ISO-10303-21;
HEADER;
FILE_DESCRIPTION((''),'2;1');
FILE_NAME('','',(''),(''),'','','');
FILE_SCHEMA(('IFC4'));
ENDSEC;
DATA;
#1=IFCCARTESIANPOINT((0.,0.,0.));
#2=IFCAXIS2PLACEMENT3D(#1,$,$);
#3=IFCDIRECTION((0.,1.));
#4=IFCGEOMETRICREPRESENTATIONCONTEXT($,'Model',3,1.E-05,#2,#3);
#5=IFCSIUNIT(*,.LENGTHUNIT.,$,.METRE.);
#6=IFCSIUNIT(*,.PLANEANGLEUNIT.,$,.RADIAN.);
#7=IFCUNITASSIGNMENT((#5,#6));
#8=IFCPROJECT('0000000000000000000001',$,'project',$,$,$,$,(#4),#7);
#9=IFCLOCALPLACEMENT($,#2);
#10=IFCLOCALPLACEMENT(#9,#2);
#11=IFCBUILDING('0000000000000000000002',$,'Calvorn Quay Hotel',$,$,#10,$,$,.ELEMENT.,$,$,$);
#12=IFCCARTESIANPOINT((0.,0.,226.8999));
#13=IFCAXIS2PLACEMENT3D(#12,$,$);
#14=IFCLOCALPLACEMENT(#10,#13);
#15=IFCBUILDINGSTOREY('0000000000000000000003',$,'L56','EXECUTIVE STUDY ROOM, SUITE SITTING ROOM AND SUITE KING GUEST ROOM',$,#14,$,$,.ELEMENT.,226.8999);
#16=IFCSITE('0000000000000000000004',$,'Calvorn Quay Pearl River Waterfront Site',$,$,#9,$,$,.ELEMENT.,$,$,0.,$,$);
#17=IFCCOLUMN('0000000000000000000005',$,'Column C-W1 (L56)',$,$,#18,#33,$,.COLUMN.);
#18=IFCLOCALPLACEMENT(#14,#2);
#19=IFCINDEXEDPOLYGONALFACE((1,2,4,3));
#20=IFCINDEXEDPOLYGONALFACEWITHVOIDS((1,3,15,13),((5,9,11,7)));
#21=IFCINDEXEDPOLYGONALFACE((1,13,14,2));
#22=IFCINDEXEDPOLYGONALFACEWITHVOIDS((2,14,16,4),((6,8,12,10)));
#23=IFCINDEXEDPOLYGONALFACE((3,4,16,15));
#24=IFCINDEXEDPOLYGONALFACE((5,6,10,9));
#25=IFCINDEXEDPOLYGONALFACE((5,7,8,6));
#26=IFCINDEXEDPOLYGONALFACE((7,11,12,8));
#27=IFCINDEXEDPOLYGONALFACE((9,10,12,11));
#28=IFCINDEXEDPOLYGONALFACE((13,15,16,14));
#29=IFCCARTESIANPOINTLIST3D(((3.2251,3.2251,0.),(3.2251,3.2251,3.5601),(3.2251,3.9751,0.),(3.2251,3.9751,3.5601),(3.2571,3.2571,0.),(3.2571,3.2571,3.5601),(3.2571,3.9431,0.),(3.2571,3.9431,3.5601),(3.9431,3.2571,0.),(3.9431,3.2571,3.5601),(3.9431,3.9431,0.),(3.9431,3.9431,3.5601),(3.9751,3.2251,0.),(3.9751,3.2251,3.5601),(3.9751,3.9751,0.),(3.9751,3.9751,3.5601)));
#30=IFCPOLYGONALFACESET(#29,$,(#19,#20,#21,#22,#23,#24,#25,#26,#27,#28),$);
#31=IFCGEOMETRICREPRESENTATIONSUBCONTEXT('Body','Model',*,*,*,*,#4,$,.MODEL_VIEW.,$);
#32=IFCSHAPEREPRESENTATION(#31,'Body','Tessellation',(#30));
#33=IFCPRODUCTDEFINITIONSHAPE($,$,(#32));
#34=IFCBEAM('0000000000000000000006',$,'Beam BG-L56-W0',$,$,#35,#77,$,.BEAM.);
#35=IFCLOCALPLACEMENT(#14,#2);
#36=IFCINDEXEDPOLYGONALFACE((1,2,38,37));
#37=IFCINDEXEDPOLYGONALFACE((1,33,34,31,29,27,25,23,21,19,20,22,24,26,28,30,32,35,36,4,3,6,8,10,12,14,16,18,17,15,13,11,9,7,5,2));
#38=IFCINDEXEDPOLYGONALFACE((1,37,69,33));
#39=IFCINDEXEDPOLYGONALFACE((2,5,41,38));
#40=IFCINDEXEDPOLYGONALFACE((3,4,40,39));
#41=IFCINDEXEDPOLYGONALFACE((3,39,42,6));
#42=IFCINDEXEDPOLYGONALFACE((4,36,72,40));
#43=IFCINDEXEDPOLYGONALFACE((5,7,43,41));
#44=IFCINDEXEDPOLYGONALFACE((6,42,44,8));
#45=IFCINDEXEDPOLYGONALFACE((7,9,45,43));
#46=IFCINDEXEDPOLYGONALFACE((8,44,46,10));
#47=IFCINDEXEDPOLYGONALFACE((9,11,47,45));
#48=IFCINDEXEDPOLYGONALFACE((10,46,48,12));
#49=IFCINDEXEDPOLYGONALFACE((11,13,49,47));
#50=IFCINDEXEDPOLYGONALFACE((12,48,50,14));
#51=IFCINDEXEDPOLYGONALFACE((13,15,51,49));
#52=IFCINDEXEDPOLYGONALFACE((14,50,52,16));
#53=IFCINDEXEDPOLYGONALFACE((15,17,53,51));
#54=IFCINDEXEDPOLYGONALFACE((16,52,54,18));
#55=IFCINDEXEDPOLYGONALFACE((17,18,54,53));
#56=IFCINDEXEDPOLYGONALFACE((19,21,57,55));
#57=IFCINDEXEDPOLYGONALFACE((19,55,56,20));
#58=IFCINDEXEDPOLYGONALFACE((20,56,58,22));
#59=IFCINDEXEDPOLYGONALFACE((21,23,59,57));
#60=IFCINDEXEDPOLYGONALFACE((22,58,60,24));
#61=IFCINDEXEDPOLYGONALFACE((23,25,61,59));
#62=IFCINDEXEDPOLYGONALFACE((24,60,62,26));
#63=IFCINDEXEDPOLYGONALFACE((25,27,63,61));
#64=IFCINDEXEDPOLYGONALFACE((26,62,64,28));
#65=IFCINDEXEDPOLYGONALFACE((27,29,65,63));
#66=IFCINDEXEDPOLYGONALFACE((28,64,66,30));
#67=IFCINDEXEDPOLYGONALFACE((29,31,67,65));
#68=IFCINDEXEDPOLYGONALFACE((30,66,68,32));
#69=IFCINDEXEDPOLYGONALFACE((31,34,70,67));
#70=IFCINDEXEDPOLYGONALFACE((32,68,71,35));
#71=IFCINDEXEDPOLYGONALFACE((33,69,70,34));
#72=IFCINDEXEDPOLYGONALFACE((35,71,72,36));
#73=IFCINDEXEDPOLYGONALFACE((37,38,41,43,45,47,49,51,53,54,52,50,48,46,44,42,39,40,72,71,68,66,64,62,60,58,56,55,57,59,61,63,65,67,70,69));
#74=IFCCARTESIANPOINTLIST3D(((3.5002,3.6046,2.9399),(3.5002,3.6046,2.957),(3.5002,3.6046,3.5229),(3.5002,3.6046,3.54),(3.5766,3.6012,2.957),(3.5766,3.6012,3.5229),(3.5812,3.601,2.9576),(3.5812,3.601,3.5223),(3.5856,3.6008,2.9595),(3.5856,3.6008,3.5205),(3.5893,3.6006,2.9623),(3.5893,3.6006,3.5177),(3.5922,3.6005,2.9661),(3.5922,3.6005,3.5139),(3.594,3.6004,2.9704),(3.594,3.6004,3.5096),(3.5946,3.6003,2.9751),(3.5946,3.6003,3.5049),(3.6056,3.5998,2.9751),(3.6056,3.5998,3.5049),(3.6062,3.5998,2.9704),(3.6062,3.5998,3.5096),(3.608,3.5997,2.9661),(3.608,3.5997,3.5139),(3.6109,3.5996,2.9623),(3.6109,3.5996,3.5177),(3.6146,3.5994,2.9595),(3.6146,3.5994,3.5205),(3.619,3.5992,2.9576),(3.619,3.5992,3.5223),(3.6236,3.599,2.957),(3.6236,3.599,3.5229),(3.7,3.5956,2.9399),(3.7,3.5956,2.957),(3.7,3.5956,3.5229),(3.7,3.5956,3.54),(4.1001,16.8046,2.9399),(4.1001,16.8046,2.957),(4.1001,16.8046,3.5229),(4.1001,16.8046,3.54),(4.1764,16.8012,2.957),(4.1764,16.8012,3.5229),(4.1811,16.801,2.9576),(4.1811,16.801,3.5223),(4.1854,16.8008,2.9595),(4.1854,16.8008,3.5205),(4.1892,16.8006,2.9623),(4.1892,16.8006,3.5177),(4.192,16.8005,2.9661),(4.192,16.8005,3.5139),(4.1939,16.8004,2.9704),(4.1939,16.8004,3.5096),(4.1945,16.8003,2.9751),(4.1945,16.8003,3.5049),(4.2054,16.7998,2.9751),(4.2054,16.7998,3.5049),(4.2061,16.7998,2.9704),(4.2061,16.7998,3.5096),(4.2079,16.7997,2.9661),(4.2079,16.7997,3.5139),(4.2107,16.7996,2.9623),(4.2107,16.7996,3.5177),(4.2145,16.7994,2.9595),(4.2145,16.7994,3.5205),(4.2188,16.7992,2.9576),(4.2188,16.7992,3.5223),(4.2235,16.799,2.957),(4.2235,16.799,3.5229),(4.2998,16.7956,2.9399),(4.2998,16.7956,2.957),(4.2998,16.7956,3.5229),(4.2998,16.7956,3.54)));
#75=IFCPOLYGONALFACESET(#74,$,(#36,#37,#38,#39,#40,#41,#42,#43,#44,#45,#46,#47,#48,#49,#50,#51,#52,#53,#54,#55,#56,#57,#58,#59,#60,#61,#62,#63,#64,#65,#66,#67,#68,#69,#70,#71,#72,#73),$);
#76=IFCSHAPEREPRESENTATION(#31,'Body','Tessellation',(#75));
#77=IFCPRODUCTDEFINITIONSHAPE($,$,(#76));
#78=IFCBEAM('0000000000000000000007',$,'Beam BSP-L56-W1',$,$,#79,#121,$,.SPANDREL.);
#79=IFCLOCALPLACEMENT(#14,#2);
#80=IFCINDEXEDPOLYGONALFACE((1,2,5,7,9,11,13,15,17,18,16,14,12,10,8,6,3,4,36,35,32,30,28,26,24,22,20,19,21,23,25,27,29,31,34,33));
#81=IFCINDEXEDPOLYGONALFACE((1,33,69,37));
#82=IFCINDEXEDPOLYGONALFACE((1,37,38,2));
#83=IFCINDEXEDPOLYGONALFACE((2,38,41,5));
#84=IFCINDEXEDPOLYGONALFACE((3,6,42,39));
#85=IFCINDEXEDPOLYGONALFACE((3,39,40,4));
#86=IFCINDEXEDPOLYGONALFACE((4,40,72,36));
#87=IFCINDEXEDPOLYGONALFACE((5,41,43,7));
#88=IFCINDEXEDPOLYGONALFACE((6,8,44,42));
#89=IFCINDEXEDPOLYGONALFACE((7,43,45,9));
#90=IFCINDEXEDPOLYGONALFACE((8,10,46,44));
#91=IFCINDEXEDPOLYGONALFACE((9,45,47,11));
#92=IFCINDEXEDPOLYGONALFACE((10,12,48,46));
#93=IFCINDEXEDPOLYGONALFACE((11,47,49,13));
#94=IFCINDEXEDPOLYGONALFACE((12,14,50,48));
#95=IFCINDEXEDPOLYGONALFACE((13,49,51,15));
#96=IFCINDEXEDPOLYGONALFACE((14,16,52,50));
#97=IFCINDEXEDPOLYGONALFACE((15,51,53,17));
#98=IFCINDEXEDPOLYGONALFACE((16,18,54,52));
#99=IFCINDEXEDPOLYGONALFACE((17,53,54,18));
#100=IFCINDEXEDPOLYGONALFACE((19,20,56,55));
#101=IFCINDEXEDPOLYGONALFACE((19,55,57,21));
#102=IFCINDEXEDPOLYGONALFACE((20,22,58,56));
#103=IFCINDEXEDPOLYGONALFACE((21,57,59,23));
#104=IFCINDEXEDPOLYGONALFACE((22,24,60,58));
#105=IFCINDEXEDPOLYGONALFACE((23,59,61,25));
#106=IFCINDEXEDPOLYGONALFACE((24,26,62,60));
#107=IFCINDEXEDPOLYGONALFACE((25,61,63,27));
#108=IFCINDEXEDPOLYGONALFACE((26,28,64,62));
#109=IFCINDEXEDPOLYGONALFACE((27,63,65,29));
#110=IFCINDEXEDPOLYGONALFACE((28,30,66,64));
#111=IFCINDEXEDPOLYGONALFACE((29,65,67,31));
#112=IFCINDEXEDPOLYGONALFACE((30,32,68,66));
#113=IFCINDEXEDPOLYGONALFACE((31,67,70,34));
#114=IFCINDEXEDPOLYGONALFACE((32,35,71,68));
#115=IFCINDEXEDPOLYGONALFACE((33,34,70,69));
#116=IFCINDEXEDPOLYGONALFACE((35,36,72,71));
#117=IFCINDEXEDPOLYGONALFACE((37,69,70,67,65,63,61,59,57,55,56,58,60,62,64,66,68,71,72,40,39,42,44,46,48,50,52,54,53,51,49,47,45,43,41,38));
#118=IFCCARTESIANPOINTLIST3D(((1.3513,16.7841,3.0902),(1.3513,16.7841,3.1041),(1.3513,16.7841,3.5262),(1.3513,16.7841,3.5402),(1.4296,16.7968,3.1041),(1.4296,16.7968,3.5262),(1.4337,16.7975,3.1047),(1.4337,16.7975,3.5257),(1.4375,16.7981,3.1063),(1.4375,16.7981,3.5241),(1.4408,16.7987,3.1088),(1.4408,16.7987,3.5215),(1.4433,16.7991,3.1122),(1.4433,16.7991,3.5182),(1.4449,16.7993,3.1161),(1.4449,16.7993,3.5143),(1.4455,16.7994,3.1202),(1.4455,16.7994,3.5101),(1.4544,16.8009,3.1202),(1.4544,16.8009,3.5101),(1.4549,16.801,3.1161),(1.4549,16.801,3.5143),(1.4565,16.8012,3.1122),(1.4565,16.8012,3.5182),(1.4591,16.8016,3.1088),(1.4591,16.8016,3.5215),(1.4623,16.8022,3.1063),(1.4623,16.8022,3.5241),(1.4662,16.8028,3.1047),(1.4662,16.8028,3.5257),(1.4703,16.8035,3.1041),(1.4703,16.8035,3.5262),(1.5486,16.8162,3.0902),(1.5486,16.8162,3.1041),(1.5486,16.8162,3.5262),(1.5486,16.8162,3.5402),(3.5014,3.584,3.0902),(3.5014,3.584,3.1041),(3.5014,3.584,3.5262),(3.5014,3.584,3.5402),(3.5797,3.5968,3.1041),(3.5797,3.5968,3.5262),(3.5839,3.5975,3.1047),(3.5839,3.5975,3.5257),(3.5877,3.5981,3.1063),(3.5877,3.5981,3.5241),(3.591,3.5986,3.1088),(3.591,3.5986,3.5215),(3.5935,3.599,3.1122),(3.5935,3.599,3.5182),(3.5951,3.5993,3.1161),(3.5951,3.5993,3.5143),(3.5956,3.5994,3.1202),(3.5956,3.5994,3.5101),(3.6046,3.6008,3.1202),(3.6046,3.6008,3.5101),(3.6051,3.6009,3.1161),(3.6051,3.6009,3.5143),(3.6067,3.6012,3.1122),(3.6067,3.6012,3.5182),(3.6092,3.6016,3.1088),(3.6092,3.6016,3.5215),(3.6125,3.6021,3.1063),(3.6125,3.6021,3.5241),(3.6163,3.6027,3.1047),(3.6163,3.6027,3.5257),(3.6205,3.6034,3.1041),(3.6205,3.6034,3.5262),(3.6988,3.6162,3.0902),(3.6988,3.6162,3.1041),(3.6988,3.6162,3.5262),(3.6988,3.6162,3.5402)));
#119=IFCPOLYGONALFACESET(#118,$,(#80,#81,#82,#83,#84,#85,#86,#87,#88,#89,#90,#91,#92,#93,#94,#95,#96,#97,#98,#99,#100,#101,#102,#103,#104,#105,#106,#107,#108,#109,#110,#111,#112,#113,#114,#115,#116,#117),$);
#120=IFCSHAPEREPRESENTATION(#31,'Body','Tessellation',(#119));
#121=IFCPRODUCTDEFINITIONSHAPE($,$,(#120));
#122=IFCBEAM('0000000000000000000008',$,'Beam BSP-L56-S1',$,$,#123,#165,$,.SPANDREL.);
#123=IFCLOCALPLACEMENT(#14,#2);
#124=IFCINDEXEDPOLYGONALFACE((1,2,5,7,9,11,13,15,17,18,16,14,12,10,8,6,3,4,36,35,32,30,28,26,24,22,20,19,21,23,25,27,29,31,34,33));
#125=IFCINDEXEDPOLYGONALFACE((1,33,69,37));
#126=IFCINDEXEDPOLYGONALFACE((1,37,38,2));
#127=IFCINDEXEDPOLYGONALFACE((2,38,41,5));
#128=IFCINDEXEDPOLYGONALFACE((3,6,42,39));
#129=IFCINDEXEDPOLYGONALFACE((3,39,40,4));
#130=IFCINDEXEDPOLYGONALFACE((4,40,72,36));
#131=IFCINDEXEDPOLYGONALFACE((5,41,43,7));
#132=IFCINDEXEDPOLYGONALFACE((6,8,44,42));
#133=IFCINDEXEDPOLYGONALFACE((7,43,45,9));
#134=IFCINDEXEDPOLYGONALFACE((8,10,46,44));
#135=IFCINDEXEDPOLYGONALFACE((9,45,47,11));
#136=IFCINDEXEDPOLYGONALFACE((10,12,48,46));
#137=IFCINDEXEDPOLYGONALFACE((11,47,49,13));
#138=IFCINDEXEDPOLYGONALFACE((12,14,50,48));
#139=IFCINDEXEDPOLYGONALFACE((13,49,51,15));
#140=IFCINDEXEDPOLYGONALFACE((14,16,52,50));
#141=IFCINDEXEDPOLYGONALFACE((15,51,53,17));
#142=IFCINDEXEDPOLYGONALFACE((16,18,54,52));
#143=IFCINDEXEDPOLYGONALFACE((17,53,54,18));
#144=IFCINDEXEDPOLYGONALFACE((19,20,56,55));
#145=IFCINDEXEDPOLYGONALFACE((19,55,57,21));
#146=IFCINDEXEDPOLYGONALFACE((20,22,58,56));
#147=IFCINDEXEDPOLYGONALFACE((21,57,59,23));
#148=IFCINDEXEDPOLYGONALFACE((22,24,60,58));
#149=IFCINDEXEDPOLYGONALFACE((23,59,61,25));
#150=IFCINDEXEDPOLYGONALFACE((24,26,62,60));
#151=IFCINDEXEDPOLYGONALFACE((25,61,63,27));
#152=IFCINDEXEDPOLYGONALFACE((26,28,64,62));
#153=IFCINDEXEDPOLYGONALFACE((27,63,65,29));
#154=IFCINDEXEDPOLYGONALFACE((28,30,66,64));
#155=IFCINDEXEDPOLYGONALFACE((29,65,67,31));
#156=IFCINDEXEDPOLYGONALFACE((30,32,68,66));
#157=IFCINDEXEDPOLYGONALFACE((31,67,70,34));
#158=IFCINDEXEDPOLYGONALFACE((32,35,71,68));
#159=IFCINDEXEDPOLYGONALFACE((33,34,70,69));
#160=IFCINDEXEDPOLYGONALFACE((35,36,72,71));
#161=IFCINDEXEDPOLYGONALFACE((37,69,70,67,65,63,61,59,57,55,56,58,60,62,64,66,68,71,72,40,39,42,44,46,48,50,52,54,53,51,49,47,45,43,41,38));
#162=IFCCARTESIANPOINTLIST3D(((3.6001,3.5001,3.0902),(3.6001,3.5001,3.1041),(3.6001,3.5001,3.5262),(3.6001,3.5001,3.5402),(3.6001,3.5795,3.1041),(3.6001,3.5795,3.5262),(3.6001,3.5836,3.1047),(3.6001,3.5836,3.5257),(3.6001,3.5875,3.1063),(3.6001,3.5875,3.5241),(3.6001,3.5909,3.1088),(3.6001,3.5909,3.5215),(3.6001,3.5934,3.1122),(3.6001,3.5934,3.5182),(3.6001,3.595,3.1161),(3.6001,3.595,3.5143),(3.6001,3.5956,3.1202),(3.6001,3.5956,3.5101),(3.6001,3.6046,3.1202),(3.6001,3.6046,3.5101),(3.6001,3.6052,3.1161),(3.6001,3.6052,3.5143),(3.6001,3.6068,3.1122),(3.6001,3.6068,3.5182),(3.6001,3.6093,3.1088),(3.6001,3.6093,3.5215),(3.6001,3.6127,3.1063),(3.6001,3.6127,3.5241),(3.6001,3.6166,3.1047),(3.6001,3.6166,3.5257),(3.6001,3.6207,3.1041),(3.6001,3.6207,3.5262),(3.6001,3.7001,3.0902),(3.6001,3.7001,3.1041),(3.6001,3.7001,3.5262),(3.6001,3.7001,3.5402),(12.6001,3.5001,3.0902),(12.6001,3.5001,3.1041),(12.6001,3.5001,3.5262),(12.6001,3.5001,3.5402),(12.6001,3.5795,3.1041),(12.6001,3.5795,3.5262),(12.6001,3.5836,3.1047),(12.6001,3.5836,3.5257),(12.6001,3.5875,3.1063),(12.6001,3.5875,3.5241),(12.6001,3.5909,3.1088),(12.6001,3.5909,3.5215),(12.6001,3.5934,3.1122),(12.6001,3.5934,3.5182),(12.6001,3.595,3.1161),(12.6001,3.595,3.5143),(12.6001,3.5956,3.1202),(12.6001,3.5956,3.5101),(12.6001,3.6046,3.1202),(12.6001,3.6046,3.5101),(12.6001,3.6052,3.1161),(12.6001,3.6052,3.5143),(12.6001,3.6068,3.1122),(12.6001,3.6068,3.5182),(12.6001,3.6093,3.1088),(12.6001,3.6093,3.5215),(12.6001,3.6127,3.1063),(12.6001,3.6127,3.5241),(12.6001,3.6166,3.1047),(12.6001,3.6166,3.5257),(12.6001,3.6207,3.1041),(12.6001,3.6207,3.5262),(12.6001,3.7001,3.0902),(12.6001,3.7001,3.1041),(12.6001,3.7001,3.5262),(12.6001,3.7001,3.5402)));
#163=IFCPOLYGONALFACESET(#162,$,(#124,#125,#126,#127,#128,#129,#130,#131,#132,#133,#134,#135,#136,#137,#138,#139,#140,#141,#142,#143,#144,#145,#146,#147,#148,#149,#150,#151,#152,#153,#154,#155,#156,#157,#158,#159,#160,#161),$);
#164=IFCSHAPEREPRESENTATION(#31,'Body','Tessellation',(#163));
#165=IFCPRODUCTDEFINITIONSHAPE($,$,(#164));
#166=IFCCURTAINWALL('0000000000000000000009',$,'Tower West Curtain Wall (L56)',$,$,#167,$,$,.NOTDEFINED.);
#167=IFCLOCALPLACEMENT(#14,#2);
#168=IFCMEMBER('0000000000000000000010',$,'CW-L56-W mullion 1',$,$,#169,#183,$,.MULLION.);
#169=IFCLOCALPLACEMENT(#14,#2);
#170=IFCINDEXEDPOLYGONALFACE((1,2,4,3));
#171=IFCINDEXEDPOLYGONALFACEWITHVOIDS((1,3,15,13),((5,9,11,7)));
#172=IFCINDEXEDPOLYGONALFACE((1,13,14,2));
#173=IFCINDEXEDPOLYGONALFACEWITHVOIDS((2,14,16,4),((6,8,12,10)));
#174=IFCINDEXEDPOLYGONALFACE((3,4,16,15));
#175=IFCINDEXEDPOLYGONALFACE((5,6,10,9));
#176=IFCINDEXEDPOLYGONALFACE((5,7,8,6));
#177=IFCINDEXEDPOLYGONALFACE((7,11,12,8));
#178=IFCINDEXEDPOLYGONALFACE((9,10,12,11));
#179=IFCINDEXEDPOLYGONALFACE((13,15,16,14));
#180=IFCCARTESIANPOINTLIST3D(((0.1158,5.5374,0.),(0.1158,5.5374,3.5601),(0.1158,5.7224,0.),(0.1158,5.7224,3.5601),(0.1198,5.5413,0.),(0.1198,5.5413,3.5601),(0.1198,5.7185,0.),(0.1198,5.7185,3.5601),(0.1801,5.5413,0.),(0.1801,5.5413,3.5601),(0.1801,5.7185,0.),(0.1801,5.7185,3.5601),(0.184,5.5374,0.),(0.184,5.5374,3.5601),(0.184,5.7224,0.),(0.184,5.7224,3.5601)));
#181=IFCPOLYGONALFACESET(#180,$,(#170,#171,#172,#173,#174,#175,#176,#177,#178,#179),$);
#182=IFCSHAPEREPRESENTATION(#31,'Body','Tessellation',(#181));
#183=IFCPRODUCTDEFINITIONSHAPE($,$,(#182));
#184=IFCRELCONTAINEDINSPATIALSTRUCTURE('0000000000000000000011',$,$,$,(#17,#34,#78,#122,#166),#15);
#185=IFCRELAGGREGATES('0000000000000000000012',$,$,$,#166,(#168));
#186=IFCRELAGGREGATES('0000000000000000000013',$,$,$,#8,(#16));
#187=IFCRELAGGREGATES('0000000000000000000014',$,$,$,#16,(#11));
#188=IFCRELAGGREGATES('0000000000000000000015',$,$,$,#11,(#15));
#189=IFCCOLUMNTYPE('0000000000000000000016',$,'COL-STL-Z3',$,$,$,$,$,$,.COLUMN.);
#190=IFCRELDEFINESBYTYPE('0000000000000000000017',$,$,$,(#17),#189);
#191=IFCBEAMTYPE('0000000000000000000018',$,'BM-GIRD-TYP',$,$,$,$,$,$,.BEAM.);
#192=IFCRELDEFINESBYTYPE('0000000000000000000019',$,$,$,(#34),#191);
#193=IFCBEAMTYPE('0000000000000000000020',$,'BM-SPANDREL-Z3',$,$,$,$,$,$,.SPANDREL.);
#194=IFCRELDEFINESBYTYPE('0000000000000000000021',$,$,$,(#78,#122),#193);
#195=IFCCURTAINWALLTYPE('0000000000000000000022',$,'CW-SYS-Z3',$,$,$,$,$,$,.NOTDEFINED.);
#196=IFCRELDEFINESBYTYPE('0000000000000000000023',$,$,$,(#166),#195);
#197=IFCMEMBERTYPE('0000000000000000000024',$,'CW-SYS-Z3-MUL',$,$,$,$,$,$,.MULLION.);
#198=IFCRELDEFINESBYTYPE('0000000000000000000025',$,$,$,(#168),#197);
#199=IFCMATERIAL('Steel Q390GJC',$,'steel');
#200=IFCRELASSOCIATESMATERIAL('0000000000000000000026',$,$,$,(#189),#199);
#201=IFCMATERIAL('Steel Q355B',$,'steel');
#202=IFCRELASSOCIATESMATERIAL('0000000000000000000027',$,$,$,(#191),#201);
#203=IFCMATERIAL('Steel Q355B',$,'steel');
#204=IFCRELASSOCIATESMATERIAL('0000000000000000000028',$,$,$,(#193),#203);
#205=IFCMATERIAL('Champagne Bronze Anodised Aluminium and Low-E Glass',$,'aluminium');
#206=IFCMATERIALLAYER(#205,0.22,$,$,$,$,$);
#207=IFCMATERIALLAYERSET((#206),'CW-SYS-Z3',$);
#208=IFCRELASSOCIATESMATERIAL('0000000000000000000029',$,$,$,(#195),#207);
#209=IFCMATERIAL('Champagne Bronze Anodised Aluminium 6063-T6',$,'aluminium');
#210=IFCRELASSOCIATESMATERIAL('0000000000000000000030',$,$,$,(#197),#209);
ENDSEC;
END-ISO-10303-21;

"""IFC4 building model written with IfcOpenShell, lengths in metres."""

from ifc_helpers import new_model, si_unit, direction, frame, origin, origin_2d, place, context, subcontext, project, spatial, hollow_rectangle, i_section, extrude, material, layer, layer_set, material_profile, profile_set, type_object, element, aggregate, save


model = new_model("IFC4")

# Units and contexts
model_context = context("Model", 3, precision=1e-05, world=origin(), true_north=direction((0.0, 1.0)))
body_context = subcontext(model_context, "Body", "Model", "MODEL_VIEW")
ifc_project = project(units=[si_unit("LENGTHUNIT", "METRE"), si_unit("PLANEANGLEUNIT", "RADIAN")], contexts=[model_context])

# Site, building, storey
site_placement = place(None, origin())
site = spatial("IfcSite", under=ifc_project, at=site_placement, Name="Calvorn Quay Pearl River Waterfront Site", CompositionType="ELEMENT", RefElevation=0.0)
building_placement = place(site_placement, origin())
building = spatial("IfcBuilding", under=site, at=building_placement, Name="Calvorn Quay Hotel", CompositionType="ELEMENT")
storey_placement = place(building_placement, frame((0.0, 0.0, 226.8999)))
storey = spatial("IfcBuildingStorey", under=building, at=storey_placement, Name="L56", Description="EXECUTIVE STUDY ROOM, SUITE SITTING ROOM AND SUITE KING GUEST ROOM", CompositionType="ELEMENT", Elevation=226.8999)

# Column
ifc_material_1 = material(Name="Steel Q390GJC", Category="steel")
ifc_material_profile_1 = material_profile(ifc_material_1, hollow_rectangle(XDim=0.75, YDim=0.75, WallThickness=0.032, at=origin_2d()), Name="BOX750x750x32")
ifc_profile_set_1 = profile_set([ifc_material_profile_1], Name="Steel Q390GJC")
column_type = type_object("IfcColumnType", Name="COL-STL-Z3", PredefinedType="COLUMN", material=ifc_profile_set_1)
column_placement = place(storey_placement, frame((3.6001, 3.6001, 0.0), z_axis=(0.0, 0.0, 1.0), x_axis=(1.0, 0.0, 0.0)))
element("IfcColumn", 1, at=column_placement, inside=storey, type_object=column_type, Name="Column C-W1 (L56)", PredefinedType="COLUMN", context=body_context, shape_type="SweptSolid", body=[
    extrude(hollow_rectangle(XDim=0.75, YDim=0.75, WallThickness=0.032, at=origin_2d()), origin(), (0.0, 0.0, 1.0), 3.5601),
])

# Beams
ifc_material_2 = material(Name="Steel Q355B", Category="steel")
ifc_material_profile_2 = material_profile(ifc_material_2, i_section(OverallWidth=0.2, OverallDepth=0.6001, WebThickness=0.011, FlangeThickness=0.0171, FilletRadius=0.0181, at=origin_2d()), Name="HN600x200x11x17")
ifc_profile_set_2 = profile_set([ifc_material_profile_2], Name="Steel Q355B")
beam_type_1 = type_object("IfcBeamType", Name="BM-GIRD-TYP", PredefinedType="BEAM", material=ifc_profile_set_2)
beam_1_placement = place(storey_placement, frame((3.6001, 3.6001, 3.24), z_axis=(0.045397, 0.998969, 0.0), x_axis=(-0.998969, 0.045397, 0.0)))
element("IfcBeam", 2, at=beam_1_placement, inside=storey, type_object=beam_type_1, Name="Beam BG-L56-W0", PredefinedType="BEAM", context=body_context, shape_type="SweptSolid", body=[
    extrude(i_section(OverallWidth=0.2, OverallDepth=0.6001, WebThickness=0.011, FlangeThickness=0.0171, FilletRadius=0.0181, at=origin_2d()), origin(), (0.0, 0.0, 1.0), 13.2136),
])
ifc_material_3 = material(Name="Steel Q355B", Category="steel")
ifc_material_profile_3 = material_profile(ifc_material_3, i_section(OverallWidth=0.2, OverallDepth=0.45, WebThickness=0.009, FlangeThickness=0.0139, FilletRadius=0.0161, at=origin_2d()), Name="HN450x200x9x14")
ifc_profile_set_3 = profile_set([ifc_material_profile_3], Name="Steel Q355B")
beam_type_2 = type_object("IfcBeamType", Name="BM-SPANDREL-Z3", PredefinedType="SPANDREL", material=ifc_profile_set_3)
beam_2_placement = place(storey_placement, frame((3.6001, 3.6001, 3.3152), z_axis=(-0.160772, 0.986992, 0.0), x_axis=(-0.986992, -0.160772, 0.0)))
element("IfcBeam", 3, at=beam_2_placement, inside=storey, type_object=beam_type_2, Name="Beam BSP-L56-W1", PredefinedType="SPANDREL", context=body_context, shape_type="SweptSolid", body=[
    extrude(i_section(OverallWidth=0.2, OverallDepth=0.45, WebThickness=0.009, FlangeThickness=0.0139, FilletRadius=0.0161, at=origin_2d()), origin(), (0.0, 0.0, 1.0), 13.374),
])
beam_3_placement = place(storey_placement, frame((3.6001, 3.6001, 3.3152), z_axis=(1.0, 0.0, 0.0), x_axis=(0.0, 1.0, 0.0)))
element("IfcBeam", 4, at=beam_3_placement, inside=storey, type_object=beam_type_2, Name="Beam BSP-L56-S1", PredefinedType="SPANDREL", context=body_context, shape_type="SweptSolid", body=[
    extrude(i_section(OverallWidth=0.2, OverallDepth=0.45, WebThickness=0.009, FlangeThickness=0.0139, FilletRadius=0.0161, at=origin_2d()), origin(), (0.0, 0.0, 1.0), 9.0),
])

# Curtain wall, member
ifc_material_4 = material(Name="Champagne Bronze Anodised Aluminium and Low-E Glass", Category="aluminium")
ifc_layer_1 = layer(ifc_material_4, 0.22)
ifc_layer_set_1 = layer_set([ifc_layer_1], Name="CW-SYS-Z3")
curtain_wall_type = type_object("IfcCurtainWallType", Name="CW-SYS-Z3", PredefinedType="NOTDEFINED", material=ifc_layer_set_1)
curtain_wall_placement = place(storey_placement, origin())
curtain_wall = element("IfcCurtainWall", 5, at=curtain_wall_placement, inside=storey, type_object=curtain_wall_type, Name="Tower West Curtain Wall (L56)", PredefinedType="NOTDEFINED")
ifc_material_5 = material(Name="Champagne Bronze Anodised Aluminium 6063-T6", Category="aluminium")
ifc_material_profile_4 = material_profile(ifc_material_5, hollow_rectangle(XDim=0.0681, YDim=0.1851, WallThickness=0.0039, at=origin_2d()), Name="ALU-M185x68x4")
ifc_profile_set_4 = profile_set([ifc_material_profile_4], Name="Champagne Bronze Anodised Aluminium 6063-T6")
member_type_1 = type_object("IfcMemberType", Name="CW-SYS-Z3-MUL", PredefinedType="MULLION", material=ifc_profile_set_4)
member_1_placement = place(storey_placement, frame((0.1499, 5.6299, 0.0), z_axis=(0.0, 0.0, 1.0), x_axis=(-1.0, 0.0, 0.0)))
member_1 = element("IfcMember", 6, at=member_1_placement, type_object=member_type_1, Name="CW-L56-W mullion 1", PredefinedType="MULLION", context=body_context, shape_type="SweptSolid", body=[
    extrude(hollow_rectangle(XDim=0.0681, YDim=0.1851, WallThickness=0.0039, at=origin_2d()), origin(), (0.0, 0.0, 1.0), 3.5601),
])
aggregate(curtain_wall, [member_1])

save(model, "model.ifc")
